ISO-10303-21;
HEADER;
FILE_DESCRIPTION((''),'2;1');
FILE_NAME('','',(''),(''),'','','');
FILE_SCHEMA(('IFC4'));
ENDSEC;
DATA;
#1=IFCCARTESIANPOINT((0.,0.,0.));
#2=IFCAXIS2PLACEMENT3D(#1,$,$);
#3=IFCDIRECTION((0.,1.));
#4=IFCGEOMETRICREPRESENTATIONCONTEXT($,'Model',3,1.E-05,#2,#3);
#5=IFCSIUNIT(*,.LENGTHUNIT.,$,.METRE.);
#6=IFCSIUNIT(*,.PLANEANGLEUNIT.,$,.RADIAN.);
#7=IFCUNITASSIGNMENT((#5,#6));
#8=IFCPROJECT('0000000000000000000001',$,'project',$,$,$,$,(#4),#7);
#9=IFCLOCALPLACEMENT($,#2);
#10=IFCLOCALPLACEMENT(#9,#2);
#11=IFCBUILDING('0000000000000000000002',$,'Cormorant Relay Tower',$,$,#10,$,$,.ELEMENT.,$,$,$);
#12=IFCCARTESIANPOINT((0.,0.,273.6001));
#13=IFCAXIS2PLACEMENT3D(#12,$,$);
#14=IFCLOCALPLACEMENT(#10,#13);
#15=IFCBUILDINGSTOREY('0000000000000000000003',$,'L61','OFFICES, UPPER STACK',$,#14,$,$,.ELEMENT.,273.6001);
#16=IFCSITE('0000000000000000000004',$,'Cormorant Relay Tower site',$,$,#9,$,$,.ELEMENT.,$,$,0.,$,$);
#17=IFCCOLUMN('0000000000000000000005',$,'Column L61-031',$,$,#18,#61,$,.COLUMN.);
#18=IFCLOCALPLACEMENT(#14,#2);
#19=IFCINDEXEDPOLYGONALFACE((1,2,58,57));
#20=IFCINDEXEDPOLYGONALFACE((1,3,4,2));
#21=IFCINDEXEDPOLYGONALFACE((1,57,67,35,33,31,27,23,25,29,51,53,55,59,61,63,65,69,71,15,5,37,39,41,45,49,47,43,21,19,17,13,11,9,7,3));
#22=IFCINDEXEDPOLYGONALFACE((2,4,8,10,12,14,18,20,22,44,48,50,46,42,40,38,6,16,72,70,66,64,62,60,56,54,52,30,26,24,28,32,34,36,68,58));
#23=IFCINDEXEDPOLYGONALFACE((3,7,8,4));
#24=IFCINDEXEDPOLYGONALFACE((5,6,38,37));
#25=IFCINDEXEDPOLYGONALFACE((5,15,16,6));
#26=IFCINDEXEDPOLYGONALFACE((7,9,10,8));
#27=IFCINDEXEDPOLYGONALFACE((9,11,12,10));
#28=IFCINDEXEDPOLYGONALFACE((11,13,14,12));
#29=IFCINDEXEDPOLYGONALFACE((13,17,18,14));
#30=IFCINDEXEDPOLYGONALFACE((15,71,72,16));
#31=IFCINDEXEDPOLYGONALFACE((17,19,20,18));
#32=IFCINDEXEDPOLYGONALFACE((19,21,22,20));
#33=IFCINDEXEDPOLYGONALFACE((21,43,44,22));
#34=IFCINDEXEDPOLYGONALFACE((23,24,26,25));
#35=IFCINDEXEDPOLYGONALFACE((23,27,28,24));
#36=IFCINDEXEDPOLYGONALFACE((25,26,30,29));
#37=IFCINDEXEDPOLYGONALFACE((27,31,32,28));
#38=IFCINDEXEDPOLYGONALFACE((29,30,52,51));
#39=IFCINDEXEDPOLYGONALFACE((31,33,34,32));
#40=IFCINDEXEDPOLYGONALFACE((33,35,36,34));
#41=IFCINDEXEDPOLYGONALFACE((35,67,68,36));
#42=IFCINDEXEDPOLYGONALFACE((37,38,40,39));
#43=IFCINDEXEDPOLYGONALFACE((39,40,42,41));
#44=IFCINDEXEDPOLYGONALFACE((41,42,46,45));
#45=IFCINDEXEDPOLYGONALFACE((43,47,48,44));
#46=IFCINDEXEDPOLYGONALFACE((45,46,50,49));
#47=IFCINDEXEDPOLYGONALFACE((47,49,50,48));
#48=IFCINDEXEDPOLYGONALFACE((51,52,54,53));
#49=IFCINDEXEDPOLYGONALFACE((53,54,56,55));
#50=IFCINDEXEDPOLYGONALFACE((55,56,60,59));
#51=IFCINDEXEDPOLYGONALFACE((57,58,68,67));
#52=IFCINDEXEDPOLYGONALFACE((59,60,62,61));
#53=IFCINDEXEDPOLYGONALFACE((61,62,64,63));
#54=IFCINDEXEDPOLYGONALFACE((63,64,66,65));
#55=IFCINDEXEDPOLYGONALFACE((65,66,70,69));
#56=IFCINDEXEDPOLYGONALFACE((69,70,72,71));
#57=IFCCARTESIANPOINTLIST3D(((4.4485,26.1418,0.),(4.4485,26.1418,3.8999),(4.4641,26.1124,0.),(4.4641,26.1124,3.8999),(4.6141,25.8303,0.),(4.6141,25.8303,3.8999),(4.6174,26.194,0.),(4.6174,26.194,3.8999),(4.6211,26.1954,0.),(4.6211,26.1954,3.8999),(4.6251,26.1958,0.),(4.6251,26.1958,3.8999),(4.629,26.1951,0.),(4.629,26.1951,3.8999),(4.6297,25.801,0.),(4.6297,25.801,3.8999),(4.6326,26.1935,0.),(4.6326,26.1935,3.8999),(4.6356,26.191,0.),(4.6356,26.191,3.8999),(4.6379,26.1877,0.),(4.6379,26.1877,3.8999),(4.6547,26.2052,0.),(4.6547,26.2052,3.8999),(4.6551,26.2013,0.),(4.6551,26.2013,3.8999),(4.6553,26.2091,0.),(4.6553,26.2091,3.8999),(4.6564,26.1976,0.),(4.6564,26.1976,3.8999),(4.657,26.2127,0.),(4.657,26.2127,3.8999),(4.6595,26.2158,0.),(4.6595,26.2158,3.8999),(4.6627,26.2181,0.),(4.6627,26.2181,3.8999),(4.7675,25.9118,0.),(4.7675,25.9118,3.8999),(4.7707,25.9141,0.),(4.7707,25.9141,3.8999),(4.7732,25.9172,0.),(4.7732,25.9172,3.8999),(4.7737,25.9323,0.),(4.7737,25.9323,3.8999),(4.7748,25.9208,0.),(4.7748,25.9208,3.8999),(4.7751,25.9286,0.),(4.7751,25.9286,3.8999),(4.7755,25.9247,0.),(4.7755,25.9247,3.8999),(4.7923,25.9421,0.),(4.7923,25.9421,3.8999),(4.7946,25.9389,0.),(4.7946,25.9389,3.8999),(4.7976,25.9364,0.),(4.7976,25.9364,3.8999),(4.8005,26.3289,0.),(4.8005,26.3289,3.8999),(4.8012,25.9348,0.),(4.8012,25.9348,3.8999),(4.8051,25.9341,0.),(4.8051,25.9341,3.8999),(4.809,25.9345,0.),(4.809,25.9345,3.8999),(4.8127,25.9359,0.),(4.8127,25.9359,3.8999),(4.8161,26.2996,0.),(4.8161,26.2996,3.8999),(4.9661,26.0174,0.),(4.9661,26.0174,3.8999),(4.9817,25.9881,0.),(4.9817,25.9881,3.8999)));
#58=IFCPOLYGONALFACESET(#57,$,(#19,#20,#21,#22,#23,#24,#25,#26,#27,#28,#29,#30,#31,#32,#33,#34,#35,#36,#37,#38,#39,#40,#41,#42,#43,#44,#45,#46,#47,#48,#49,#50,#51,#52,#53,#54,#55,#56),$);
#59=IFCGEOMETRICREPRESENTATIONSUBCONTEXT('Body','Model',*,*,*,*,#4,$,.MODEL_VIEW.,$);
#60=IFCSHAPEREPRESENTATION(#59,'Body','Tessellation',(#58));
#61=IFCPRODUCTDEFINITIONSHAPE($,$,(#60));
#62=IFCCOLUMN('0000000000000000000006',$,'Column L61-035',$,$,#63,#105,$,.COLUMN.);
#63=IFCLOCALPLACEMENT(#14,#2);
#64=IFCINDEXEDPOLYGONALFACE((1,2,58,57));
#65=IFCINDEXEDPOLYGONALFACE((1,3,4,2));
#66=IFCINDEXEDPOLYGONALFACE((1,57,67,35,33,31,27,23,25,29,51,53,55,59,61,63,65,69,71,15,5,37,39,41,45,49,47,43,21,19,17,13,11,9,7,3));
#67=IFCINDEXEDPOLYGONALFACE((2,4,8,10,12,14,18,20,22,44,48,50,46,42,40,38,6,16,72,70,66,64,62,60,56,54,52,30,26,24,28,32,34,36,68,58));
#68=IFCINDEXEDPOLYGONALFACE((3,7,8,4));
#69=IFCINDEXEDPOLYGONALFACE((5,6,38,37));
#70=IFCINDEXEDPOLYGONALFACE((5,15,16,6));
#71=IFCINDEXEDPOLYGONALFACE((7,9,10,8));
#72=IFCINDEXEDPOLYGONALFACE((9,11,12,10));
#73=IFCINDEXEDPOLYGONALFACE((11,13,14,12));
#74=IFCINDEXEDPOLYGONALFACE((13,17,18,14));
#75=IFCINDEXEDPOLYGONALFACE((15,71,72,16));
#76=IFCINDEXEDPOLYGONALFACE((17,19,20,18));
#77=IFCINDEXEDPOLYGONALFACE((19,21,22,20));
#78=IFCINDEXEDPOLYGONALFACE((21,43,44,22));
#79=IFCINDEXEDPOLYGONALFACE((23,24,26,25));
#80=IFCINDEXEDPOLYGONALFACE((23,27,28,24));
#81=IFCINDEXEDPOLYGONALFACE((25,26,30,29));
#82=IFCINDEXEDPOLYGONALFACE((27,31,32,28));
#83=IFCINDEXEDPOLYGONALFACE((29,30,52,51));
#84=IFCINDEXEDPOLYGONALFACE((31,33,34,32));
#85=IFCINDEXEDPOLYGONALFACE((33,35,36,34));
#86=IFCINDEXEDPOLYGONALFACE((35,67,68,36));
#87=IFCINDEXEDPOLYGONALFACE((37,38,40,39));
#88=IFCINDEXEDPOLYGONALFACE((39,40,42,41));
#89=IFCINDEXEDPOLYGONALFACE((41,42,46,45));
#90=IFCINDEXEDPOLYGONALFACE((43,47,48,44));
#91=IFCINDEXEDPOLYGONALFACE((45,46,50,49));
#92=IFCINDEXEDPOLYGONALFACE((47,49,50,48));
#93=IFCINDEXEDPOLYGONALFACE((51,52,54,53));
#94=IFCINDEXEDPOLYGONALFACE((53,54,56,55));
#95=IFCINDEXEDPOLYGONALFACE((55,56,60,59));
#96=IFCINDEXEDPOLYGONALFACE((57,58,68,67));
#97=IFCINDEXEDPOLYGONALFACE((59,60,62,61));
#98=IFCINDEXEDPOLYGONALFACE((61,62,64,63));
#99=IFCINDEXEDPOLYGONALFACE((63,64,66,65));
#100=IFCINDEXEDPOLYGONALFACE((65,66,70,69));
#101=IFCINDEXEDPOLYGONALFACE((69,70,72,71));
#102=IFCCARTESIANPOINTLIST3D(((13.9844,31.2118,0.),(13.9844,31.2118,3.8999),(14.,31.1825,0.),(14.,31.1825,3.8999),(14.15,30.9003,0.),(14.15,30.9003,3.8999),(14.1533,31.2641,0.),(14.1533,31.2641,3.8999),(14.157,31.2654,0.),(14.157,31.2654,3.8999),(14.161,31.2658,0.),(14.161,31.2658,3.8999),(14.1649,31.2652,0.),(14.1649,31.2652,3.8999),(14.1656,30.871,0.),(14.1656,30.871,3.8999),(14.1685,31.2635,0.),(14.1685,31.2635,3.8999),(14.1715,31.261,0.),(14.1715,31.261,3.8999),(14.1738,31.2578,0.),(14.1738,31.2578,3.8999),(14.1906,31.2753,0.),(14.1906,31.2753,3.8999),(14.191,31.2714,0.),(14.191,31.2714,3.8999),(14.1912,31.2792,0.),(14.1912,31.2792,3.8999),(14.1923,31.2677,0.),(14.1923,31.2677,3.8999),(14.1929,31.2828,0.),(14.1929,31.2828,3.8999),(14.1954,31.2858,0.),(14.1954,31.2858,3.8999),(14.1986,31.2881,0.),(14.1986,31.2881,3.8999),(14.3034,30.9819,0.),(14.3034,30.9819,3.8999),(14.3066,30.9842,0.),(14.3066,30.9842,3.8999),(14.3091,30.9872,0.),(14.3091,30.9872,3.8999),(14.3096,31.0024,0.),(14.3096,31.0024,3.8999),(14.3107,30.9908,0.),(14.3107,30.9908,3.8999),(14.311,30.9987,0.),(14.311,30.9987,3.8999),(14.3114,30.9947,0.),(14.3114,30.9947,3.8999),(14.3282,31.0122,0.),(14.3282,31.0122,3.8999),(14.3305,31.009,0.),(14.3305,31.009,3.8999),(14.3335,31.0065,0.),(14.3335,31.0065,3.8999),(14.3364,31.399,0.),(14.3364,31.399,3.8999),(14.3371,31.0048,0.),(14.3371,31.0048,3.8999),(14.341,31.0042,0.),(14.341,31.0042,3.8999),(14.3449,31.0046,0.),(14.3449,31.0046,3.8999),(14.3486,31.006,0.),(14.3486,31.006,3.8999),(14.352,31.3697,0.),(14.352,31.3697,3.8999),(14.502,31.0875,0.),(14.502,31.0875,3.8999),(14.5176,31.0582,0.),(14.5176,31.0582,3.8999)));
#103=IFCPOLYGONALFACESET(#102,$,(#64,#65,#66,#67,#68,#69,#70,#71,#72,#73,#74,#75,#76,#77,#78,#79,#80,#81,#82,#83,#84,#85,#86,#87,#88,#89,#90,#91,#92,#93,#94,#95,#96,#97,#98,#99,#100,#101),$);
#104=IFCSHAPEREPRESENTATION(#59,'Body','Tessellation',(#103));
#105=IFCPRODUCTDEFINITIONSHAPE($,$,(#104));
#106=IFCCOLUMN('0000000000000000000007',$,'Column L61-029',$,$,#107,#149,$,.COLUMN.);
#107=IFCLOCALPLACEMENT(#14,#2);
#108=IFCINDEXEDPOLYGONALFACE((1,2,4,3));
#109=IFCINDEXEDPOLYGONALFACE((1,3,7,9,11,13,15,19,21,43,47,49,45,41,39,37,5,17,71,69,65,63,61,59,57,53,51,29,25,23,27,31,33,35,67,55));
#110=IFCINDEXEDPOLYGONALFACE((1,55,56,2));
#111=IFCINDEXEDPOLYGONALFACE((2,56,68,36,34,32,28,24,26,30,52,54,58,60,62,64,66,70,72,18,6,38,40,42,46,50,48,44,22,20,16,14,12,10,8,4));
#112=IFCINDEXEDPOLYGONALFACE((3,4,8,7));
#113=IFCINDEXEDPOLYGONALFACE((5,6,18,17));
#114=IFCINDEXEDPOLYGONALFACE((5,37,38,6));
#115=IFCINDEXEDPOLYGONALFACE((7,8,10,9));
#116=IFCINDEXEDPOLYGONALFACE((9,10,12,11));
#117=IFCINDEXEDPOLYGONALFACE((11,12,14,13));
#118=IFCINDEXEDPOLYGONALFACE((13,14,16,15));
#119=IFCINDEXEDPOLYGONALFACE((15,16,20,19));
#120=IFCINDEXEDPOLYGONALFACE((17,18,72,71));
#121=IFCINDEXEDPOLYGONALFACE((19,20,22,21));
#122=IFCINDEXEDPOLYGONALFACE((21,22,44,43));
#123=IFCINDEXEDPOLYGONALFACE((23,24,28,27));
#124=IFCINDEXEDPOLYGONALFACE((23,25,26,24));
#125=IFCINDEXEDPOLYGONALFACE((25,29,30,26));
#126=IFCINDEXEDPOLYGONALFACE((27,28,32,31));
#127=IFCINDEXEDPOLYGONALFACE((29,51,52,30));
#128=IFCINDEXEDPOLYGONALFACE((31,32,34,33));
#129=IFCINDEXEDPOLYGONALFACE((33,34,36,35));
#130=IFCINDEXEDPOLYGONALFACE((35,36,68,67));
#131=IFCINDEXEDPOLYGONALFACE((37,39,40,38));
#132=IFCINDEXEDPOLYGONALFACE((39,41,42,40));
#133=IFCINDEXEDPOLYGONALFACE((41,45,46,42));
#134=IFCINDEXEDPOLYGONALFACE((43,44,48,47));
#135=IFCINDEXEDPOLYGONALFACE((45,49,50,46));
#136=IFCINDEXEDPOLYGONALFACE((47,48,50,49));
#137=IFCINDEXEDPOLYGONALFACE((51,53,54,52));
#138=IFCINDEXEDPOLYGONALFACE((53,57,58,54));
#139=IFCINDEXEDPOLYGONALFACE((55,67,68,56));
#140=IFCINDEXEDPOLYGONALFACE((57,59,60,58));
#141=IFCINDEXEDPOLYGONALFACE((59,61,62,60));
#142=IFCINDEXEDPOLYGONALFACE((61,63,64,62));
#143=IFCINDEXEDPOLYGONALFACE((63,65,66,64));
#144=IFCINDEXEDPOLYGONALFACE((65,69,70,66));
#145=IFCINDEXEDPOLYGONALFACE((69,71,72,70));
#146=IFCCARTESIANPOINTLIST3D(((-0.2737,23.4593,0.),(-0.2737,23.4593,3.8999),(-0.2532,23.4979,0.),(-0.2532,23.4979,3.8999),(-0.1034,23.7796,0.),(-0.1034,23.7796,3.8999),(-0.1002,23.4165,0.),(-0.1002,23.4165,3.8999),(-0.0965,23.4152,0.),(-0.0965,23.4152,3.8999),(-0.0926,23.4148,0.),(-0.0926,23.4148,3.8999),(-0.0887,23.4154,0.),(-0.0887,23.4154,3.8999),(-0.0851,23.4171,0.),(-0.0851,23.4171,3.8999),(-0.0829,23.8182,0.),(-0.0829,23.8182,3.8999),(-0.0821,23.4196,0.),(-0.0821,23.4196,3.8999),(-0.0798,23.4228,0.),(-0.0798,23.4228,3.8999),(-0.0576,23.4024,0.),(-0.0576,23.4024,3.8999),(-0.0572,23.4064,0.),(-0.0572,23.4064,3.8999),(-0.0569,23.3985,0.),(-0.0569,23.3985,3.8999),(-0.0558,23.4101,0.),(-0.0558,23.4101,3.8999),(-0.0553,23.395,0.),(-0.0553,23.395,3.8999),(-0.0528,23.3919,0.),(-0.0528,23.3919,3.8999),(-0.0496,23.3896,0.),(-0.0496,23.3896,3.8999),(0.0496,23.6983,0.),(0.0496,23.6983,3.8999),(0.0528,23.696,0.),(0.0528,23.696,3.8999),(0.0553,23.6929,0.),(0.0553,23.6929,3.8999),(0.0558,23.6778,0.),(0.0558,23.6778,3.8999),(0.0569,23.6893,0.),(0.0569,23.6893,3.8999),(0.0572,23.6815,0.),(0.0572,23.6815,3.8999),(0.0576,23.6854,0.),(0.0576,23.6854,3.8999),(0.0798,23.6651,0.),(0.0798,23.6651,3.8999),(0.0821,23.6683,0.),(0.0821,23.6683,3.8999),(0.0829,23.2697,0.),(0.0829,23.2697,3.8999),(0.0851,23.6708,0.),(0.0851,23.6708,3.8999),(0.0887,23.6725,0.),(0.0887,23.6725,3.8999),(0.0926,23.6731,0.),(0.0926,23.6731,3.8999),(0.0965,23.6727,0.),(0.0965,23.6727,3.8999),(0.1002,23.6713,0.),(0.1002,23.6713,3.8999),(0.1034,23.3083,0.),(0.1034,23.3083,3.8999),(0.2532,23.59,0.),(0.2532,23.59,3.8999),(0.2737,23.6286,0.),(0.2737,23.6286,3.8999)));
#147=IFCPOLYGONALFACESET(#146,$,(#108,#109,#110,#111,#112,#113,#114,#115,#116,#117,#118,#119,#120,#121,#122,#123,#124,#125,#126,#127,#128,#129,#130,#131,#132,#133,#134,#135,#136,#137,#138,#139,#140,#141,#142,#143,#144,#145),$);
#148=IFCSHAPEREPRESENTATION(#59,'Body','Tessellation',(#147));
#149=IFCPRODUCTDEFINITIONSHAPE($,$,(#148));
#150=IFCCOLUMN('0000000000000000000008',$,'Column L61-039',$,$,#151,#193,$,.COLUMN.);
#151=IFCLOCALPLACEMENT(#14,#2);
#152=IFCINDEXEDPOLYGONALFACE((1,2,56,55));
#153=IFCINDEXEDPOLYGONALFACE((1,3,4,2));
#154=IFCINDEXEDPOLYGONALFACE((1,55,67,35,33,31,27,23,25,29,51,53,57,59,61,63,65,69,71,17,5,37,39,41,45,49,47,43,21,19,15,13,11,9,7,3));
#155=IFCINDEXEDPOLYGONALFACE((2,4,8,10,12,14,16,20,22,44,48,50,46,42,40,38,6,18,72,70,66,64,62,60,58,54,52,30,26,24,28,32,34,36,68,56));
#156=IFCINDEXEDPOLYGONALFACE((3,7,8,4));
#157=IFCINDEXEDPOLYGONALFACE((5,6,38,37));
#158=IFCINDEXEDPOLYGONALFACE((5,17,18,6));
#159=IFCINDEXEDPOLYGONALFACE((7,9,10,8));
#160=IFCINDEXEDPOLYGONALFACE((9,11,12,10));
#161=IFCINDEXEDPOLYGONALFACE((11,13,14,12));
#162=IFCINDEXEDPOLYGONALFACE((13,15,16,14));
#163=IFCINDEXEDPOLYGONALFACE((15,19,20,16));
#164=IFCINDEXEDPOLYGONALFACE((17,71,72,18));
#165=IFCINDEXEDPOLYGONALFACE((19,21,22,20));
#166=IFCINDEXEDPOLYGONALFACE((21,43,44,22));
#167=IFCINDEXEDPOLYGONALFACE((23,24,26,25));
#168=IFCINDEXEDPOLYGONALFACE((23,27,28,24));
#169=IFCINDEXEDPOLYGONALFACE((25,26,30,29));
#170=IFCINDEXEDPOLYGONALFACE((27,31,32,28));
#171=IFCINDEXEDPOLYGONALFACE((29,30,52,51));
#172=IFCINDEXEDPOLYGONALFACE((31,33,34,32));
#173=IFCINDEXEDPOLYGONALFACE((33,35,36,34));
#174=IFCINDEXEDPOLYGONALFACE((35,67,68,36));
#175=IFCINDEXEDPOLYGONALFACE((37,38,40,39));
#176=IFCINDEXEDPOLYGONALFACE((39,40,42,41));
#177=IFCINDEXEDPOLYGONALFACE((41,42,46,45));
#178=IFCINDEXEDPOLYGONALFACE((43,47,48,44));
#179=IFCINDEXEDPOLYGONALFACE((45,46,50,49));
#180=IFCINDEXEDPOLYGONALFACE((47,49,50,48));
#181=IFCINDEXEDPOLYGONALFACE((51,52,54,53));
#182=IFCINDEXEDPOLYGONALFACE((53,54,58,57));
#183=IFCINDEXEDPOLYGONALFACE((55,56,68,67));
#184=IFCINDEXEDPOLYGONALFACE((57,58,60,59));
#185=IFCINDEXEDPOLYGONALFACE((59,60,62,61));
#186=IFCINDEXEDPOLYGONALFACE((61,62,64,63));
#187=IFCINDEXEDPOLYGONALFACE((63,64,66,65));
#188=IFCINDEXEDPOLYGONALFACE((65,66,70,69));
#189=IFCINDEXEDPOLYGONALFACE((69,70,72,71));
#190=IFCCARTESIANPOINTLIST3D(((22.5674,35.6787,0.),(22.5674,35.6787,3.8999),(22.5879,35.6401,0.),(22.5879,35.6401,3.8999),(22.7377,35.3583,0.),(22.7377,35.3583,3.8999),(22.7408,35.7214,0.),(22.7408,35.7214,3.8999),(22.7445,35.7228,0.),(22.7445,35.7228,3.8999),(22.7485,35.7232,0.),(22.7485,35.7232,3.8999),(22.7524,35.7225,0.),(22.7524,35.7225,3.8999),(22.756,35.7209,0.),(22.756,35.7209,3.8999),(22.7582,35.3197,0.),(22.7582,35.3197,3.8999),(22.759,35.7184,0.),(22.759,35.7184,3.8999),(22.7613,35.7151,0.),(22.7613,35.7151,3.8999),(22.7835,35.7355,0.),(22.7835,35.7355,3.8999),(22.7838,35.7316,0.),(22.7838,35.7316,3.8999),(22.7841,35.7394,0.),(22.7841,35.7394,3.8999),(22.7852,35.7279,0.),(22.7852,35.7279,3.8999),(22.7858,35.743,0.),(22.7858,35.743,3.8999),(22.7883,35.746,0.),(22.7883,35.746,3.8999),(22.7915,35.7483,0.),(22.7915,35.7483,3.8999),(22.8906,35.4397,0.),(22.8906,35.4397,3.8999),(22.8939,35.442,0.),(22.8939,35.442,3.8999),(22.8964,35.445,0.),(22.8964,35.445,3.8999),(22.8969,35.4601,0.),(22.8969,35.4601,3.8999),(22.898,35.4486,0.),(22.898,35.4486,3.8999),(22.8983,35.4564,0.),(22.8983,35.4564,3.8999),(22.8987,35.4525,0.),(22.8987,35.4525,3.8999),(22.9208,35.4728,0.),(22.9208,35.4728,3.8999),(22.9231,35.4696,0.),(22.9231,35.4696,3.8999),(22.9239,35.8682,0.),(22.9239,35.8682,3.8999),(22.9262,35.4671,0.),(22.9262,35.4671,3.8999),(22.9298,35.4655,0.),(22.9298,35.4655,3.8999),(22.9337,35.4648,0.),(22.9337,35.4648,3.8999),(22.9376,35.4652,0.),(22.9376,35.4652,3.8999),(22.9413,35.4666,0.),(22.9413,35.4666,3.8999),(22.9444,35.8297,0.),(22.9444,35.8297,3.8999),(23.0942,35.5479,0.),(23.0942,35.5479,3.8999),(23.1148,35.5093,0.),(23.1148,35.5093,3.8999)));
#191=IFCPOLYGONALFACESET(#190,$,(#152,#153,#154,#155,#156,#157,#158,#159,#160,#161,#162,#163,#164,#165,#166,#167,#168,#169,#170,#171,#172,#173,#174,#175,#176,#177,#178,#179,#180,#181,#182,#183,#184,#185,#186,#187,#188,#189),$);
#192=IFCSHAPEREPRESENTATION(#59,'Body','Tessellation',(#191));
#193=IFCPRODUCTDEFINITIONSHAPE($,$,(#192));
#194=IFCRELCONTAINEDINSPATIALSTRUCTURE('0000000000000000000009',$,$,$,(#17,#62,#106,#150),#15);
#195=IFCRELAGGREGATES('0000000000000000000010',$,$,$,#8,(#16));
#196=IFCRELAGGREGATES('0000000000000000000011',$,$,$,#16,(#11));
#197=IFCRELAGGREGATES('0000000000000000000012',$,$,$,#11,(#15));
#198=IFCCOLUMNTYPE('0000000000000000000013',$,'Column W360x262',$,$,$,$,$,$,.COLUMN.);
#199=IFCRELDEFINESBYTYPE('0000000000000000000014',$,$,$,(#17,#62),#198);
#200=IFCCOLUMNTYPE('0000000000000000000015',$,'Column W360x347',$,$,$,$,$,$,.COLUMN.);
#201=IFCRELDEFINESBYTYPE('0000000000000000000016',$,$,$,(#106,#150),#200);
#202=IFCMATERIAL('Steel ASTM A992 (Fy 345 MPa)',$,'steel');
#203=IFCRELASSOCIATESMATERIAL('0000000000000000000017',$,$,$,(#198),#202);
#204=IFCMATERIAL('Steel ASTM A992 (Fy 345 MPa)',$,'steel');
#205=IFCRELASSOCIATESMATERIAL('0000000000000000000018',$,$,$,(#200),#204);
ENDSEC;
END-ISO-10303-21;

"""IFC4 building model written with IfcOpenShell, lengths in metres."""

from ifc_helpers import new_model, si_unit, direction, frame, origin, origin_2d, place, context, subcontext, project, spatial, i_section, extrude, material, material_profile, profile_set, type_object, element, save


model = new_model("IFC4")

# Units and contexts
model_context = context("Model", 3, precision=1e-05, world=origin(), true_north=direction((0.0, 1.0)))
body_context = subcontext(model_context, "Body", "Model", "MODEL_VIEW")
ifc_project = project(units=[si_unit("LENGTHUNIT", "METRE"), si_unit("PLANEANGLEUNIT", "RADIAN")], contexts=[model_context])

# Site, building, storey
site_placement = place(None, origin())
site = spatial("IfcSite", under=ifc_project, at=site_placement, Name="Cormorant Relay Tower site", CompositionType="ELEMENT", RefElevation=0.0)
building_placement = place(site_placement, origin())
building = spatial("IfcBuilding", under=site, at=building_placement, Name="Cormorant Relay Tower", CompositionType="ELEMENT")
storey_placement = place(building_placement, frame((0.0, 0.0, 273.6001)))
storey = spatial("IfcBuildingStorey", under=building, at=storey_placement, Name="L61", Description="OFFICES, UPPER STACK", CompositionType="ELEMENT", Elevation=273.6001)

# Columns
ifc_material_1 = material(Name="Steel ASTM A992 (Fy 345 MPa)", Category="steel")
ifc_material_profile_1 = material_profile(ifc_material_1, i_section(OverallWidth=0.3987, OverallDepth=0.386, WebThickness=0.021, FlangeThickness=0.0332, FilletRadius=0.0151, at=origin_2d()), Name="W360x262")
ifc_profile_set_1 = profile_set([ifc_material_profile_1], Name="Steel ASTM A992 (Fy 345 MPa)")
column_type_1 = type_object("IfcColumnType", Name="Column W360x262", PredefinedType="COLUMN", material=ifc_profile_set_1)
for number, where, z_axis, x_axis, name in (
    (1, (4.7151, 26.0649, 0.0), (0.0, 0.0, 1.0), (-0.882948, -0.469472, 0.0), "Column L61-031"),
    (2, (14.251, 31.135, 0.0), (0.0, 0.0, 1.0), (-0.882948, -0.469472, 0.0), "Column L61-035"),
):
    element("IfcColumn", number, at=place(storey_placement, frame(where, z_axis=z_axis, x_axis=x_axis)), inside=storey, type_object=column_type_1, Name=name, PredefinedType="COLUMN", context=body_context, shape_type="SweptSolid", body=[
        extrude(i_section(OverallWidth=0.3987, OverallDepth=0.386, WebThickness=0.021, FlangeThickness=0.0332, FilletRadius=0.0151, at=origin_2d()), origin(), (0.0, 0.0, 1.0), 3.8999),
    ])
ifc_material_2 = material(Name="Steel ASTM A992 (Fy 345 MPa)", Category="steel")
ifc_material_profile_2 = material_profile(ifc_material_2, i_section(OverallWidth=0.4038, OverallDepth=0.4065, WebThickness=0.0271, FlangeThickness=0.0437, FilletRadius=0.0151, at=origin_2d()), Name="W360x347")
ifc_profile_set_2 = profile_set([ifc_material_profile_2], Name="Steel ASTM A992 (Fy 345 MPa)")
column_type_2 = type_object("IfcColumnType", Name="Column W360x347", PredefinedType="COLUMN", material=ifc_profile_set_2)
for number, where, z_axis, x_axis, name in (
    (3, (0.0, 23.5439, 0.0), (0.0, 0.0, 1.0), (-0.882948, 0.469472, 0.0), "Column L61-029"),
    (4, (22.8411, 35.594, 0.0), (0.0, 0.0, 1.0), (-0.882948, -0.469472, 0.0), "Column L61-039"),
):
    element("IfcColumn", number, at=place(storey_placement, frame(where, z_axis=z_axis, x_axis=x_axis)), inside=storey, type_object=column_type_2, Name=name, PredefinedType="COLUMN", context=body_context, shape_type="SweptSolid", body=[
        extrude(i_section(OverallWidth=0.4038, OverallDepth=0.4065, WebThickness=0.0271, FlangeThickness=0.0437, FilletRadius=0.0151, at=origin_2d()), origin(), (0.0, 0.0, 1.0), 3.8999),
    ])

save(model, "model.ifc")
